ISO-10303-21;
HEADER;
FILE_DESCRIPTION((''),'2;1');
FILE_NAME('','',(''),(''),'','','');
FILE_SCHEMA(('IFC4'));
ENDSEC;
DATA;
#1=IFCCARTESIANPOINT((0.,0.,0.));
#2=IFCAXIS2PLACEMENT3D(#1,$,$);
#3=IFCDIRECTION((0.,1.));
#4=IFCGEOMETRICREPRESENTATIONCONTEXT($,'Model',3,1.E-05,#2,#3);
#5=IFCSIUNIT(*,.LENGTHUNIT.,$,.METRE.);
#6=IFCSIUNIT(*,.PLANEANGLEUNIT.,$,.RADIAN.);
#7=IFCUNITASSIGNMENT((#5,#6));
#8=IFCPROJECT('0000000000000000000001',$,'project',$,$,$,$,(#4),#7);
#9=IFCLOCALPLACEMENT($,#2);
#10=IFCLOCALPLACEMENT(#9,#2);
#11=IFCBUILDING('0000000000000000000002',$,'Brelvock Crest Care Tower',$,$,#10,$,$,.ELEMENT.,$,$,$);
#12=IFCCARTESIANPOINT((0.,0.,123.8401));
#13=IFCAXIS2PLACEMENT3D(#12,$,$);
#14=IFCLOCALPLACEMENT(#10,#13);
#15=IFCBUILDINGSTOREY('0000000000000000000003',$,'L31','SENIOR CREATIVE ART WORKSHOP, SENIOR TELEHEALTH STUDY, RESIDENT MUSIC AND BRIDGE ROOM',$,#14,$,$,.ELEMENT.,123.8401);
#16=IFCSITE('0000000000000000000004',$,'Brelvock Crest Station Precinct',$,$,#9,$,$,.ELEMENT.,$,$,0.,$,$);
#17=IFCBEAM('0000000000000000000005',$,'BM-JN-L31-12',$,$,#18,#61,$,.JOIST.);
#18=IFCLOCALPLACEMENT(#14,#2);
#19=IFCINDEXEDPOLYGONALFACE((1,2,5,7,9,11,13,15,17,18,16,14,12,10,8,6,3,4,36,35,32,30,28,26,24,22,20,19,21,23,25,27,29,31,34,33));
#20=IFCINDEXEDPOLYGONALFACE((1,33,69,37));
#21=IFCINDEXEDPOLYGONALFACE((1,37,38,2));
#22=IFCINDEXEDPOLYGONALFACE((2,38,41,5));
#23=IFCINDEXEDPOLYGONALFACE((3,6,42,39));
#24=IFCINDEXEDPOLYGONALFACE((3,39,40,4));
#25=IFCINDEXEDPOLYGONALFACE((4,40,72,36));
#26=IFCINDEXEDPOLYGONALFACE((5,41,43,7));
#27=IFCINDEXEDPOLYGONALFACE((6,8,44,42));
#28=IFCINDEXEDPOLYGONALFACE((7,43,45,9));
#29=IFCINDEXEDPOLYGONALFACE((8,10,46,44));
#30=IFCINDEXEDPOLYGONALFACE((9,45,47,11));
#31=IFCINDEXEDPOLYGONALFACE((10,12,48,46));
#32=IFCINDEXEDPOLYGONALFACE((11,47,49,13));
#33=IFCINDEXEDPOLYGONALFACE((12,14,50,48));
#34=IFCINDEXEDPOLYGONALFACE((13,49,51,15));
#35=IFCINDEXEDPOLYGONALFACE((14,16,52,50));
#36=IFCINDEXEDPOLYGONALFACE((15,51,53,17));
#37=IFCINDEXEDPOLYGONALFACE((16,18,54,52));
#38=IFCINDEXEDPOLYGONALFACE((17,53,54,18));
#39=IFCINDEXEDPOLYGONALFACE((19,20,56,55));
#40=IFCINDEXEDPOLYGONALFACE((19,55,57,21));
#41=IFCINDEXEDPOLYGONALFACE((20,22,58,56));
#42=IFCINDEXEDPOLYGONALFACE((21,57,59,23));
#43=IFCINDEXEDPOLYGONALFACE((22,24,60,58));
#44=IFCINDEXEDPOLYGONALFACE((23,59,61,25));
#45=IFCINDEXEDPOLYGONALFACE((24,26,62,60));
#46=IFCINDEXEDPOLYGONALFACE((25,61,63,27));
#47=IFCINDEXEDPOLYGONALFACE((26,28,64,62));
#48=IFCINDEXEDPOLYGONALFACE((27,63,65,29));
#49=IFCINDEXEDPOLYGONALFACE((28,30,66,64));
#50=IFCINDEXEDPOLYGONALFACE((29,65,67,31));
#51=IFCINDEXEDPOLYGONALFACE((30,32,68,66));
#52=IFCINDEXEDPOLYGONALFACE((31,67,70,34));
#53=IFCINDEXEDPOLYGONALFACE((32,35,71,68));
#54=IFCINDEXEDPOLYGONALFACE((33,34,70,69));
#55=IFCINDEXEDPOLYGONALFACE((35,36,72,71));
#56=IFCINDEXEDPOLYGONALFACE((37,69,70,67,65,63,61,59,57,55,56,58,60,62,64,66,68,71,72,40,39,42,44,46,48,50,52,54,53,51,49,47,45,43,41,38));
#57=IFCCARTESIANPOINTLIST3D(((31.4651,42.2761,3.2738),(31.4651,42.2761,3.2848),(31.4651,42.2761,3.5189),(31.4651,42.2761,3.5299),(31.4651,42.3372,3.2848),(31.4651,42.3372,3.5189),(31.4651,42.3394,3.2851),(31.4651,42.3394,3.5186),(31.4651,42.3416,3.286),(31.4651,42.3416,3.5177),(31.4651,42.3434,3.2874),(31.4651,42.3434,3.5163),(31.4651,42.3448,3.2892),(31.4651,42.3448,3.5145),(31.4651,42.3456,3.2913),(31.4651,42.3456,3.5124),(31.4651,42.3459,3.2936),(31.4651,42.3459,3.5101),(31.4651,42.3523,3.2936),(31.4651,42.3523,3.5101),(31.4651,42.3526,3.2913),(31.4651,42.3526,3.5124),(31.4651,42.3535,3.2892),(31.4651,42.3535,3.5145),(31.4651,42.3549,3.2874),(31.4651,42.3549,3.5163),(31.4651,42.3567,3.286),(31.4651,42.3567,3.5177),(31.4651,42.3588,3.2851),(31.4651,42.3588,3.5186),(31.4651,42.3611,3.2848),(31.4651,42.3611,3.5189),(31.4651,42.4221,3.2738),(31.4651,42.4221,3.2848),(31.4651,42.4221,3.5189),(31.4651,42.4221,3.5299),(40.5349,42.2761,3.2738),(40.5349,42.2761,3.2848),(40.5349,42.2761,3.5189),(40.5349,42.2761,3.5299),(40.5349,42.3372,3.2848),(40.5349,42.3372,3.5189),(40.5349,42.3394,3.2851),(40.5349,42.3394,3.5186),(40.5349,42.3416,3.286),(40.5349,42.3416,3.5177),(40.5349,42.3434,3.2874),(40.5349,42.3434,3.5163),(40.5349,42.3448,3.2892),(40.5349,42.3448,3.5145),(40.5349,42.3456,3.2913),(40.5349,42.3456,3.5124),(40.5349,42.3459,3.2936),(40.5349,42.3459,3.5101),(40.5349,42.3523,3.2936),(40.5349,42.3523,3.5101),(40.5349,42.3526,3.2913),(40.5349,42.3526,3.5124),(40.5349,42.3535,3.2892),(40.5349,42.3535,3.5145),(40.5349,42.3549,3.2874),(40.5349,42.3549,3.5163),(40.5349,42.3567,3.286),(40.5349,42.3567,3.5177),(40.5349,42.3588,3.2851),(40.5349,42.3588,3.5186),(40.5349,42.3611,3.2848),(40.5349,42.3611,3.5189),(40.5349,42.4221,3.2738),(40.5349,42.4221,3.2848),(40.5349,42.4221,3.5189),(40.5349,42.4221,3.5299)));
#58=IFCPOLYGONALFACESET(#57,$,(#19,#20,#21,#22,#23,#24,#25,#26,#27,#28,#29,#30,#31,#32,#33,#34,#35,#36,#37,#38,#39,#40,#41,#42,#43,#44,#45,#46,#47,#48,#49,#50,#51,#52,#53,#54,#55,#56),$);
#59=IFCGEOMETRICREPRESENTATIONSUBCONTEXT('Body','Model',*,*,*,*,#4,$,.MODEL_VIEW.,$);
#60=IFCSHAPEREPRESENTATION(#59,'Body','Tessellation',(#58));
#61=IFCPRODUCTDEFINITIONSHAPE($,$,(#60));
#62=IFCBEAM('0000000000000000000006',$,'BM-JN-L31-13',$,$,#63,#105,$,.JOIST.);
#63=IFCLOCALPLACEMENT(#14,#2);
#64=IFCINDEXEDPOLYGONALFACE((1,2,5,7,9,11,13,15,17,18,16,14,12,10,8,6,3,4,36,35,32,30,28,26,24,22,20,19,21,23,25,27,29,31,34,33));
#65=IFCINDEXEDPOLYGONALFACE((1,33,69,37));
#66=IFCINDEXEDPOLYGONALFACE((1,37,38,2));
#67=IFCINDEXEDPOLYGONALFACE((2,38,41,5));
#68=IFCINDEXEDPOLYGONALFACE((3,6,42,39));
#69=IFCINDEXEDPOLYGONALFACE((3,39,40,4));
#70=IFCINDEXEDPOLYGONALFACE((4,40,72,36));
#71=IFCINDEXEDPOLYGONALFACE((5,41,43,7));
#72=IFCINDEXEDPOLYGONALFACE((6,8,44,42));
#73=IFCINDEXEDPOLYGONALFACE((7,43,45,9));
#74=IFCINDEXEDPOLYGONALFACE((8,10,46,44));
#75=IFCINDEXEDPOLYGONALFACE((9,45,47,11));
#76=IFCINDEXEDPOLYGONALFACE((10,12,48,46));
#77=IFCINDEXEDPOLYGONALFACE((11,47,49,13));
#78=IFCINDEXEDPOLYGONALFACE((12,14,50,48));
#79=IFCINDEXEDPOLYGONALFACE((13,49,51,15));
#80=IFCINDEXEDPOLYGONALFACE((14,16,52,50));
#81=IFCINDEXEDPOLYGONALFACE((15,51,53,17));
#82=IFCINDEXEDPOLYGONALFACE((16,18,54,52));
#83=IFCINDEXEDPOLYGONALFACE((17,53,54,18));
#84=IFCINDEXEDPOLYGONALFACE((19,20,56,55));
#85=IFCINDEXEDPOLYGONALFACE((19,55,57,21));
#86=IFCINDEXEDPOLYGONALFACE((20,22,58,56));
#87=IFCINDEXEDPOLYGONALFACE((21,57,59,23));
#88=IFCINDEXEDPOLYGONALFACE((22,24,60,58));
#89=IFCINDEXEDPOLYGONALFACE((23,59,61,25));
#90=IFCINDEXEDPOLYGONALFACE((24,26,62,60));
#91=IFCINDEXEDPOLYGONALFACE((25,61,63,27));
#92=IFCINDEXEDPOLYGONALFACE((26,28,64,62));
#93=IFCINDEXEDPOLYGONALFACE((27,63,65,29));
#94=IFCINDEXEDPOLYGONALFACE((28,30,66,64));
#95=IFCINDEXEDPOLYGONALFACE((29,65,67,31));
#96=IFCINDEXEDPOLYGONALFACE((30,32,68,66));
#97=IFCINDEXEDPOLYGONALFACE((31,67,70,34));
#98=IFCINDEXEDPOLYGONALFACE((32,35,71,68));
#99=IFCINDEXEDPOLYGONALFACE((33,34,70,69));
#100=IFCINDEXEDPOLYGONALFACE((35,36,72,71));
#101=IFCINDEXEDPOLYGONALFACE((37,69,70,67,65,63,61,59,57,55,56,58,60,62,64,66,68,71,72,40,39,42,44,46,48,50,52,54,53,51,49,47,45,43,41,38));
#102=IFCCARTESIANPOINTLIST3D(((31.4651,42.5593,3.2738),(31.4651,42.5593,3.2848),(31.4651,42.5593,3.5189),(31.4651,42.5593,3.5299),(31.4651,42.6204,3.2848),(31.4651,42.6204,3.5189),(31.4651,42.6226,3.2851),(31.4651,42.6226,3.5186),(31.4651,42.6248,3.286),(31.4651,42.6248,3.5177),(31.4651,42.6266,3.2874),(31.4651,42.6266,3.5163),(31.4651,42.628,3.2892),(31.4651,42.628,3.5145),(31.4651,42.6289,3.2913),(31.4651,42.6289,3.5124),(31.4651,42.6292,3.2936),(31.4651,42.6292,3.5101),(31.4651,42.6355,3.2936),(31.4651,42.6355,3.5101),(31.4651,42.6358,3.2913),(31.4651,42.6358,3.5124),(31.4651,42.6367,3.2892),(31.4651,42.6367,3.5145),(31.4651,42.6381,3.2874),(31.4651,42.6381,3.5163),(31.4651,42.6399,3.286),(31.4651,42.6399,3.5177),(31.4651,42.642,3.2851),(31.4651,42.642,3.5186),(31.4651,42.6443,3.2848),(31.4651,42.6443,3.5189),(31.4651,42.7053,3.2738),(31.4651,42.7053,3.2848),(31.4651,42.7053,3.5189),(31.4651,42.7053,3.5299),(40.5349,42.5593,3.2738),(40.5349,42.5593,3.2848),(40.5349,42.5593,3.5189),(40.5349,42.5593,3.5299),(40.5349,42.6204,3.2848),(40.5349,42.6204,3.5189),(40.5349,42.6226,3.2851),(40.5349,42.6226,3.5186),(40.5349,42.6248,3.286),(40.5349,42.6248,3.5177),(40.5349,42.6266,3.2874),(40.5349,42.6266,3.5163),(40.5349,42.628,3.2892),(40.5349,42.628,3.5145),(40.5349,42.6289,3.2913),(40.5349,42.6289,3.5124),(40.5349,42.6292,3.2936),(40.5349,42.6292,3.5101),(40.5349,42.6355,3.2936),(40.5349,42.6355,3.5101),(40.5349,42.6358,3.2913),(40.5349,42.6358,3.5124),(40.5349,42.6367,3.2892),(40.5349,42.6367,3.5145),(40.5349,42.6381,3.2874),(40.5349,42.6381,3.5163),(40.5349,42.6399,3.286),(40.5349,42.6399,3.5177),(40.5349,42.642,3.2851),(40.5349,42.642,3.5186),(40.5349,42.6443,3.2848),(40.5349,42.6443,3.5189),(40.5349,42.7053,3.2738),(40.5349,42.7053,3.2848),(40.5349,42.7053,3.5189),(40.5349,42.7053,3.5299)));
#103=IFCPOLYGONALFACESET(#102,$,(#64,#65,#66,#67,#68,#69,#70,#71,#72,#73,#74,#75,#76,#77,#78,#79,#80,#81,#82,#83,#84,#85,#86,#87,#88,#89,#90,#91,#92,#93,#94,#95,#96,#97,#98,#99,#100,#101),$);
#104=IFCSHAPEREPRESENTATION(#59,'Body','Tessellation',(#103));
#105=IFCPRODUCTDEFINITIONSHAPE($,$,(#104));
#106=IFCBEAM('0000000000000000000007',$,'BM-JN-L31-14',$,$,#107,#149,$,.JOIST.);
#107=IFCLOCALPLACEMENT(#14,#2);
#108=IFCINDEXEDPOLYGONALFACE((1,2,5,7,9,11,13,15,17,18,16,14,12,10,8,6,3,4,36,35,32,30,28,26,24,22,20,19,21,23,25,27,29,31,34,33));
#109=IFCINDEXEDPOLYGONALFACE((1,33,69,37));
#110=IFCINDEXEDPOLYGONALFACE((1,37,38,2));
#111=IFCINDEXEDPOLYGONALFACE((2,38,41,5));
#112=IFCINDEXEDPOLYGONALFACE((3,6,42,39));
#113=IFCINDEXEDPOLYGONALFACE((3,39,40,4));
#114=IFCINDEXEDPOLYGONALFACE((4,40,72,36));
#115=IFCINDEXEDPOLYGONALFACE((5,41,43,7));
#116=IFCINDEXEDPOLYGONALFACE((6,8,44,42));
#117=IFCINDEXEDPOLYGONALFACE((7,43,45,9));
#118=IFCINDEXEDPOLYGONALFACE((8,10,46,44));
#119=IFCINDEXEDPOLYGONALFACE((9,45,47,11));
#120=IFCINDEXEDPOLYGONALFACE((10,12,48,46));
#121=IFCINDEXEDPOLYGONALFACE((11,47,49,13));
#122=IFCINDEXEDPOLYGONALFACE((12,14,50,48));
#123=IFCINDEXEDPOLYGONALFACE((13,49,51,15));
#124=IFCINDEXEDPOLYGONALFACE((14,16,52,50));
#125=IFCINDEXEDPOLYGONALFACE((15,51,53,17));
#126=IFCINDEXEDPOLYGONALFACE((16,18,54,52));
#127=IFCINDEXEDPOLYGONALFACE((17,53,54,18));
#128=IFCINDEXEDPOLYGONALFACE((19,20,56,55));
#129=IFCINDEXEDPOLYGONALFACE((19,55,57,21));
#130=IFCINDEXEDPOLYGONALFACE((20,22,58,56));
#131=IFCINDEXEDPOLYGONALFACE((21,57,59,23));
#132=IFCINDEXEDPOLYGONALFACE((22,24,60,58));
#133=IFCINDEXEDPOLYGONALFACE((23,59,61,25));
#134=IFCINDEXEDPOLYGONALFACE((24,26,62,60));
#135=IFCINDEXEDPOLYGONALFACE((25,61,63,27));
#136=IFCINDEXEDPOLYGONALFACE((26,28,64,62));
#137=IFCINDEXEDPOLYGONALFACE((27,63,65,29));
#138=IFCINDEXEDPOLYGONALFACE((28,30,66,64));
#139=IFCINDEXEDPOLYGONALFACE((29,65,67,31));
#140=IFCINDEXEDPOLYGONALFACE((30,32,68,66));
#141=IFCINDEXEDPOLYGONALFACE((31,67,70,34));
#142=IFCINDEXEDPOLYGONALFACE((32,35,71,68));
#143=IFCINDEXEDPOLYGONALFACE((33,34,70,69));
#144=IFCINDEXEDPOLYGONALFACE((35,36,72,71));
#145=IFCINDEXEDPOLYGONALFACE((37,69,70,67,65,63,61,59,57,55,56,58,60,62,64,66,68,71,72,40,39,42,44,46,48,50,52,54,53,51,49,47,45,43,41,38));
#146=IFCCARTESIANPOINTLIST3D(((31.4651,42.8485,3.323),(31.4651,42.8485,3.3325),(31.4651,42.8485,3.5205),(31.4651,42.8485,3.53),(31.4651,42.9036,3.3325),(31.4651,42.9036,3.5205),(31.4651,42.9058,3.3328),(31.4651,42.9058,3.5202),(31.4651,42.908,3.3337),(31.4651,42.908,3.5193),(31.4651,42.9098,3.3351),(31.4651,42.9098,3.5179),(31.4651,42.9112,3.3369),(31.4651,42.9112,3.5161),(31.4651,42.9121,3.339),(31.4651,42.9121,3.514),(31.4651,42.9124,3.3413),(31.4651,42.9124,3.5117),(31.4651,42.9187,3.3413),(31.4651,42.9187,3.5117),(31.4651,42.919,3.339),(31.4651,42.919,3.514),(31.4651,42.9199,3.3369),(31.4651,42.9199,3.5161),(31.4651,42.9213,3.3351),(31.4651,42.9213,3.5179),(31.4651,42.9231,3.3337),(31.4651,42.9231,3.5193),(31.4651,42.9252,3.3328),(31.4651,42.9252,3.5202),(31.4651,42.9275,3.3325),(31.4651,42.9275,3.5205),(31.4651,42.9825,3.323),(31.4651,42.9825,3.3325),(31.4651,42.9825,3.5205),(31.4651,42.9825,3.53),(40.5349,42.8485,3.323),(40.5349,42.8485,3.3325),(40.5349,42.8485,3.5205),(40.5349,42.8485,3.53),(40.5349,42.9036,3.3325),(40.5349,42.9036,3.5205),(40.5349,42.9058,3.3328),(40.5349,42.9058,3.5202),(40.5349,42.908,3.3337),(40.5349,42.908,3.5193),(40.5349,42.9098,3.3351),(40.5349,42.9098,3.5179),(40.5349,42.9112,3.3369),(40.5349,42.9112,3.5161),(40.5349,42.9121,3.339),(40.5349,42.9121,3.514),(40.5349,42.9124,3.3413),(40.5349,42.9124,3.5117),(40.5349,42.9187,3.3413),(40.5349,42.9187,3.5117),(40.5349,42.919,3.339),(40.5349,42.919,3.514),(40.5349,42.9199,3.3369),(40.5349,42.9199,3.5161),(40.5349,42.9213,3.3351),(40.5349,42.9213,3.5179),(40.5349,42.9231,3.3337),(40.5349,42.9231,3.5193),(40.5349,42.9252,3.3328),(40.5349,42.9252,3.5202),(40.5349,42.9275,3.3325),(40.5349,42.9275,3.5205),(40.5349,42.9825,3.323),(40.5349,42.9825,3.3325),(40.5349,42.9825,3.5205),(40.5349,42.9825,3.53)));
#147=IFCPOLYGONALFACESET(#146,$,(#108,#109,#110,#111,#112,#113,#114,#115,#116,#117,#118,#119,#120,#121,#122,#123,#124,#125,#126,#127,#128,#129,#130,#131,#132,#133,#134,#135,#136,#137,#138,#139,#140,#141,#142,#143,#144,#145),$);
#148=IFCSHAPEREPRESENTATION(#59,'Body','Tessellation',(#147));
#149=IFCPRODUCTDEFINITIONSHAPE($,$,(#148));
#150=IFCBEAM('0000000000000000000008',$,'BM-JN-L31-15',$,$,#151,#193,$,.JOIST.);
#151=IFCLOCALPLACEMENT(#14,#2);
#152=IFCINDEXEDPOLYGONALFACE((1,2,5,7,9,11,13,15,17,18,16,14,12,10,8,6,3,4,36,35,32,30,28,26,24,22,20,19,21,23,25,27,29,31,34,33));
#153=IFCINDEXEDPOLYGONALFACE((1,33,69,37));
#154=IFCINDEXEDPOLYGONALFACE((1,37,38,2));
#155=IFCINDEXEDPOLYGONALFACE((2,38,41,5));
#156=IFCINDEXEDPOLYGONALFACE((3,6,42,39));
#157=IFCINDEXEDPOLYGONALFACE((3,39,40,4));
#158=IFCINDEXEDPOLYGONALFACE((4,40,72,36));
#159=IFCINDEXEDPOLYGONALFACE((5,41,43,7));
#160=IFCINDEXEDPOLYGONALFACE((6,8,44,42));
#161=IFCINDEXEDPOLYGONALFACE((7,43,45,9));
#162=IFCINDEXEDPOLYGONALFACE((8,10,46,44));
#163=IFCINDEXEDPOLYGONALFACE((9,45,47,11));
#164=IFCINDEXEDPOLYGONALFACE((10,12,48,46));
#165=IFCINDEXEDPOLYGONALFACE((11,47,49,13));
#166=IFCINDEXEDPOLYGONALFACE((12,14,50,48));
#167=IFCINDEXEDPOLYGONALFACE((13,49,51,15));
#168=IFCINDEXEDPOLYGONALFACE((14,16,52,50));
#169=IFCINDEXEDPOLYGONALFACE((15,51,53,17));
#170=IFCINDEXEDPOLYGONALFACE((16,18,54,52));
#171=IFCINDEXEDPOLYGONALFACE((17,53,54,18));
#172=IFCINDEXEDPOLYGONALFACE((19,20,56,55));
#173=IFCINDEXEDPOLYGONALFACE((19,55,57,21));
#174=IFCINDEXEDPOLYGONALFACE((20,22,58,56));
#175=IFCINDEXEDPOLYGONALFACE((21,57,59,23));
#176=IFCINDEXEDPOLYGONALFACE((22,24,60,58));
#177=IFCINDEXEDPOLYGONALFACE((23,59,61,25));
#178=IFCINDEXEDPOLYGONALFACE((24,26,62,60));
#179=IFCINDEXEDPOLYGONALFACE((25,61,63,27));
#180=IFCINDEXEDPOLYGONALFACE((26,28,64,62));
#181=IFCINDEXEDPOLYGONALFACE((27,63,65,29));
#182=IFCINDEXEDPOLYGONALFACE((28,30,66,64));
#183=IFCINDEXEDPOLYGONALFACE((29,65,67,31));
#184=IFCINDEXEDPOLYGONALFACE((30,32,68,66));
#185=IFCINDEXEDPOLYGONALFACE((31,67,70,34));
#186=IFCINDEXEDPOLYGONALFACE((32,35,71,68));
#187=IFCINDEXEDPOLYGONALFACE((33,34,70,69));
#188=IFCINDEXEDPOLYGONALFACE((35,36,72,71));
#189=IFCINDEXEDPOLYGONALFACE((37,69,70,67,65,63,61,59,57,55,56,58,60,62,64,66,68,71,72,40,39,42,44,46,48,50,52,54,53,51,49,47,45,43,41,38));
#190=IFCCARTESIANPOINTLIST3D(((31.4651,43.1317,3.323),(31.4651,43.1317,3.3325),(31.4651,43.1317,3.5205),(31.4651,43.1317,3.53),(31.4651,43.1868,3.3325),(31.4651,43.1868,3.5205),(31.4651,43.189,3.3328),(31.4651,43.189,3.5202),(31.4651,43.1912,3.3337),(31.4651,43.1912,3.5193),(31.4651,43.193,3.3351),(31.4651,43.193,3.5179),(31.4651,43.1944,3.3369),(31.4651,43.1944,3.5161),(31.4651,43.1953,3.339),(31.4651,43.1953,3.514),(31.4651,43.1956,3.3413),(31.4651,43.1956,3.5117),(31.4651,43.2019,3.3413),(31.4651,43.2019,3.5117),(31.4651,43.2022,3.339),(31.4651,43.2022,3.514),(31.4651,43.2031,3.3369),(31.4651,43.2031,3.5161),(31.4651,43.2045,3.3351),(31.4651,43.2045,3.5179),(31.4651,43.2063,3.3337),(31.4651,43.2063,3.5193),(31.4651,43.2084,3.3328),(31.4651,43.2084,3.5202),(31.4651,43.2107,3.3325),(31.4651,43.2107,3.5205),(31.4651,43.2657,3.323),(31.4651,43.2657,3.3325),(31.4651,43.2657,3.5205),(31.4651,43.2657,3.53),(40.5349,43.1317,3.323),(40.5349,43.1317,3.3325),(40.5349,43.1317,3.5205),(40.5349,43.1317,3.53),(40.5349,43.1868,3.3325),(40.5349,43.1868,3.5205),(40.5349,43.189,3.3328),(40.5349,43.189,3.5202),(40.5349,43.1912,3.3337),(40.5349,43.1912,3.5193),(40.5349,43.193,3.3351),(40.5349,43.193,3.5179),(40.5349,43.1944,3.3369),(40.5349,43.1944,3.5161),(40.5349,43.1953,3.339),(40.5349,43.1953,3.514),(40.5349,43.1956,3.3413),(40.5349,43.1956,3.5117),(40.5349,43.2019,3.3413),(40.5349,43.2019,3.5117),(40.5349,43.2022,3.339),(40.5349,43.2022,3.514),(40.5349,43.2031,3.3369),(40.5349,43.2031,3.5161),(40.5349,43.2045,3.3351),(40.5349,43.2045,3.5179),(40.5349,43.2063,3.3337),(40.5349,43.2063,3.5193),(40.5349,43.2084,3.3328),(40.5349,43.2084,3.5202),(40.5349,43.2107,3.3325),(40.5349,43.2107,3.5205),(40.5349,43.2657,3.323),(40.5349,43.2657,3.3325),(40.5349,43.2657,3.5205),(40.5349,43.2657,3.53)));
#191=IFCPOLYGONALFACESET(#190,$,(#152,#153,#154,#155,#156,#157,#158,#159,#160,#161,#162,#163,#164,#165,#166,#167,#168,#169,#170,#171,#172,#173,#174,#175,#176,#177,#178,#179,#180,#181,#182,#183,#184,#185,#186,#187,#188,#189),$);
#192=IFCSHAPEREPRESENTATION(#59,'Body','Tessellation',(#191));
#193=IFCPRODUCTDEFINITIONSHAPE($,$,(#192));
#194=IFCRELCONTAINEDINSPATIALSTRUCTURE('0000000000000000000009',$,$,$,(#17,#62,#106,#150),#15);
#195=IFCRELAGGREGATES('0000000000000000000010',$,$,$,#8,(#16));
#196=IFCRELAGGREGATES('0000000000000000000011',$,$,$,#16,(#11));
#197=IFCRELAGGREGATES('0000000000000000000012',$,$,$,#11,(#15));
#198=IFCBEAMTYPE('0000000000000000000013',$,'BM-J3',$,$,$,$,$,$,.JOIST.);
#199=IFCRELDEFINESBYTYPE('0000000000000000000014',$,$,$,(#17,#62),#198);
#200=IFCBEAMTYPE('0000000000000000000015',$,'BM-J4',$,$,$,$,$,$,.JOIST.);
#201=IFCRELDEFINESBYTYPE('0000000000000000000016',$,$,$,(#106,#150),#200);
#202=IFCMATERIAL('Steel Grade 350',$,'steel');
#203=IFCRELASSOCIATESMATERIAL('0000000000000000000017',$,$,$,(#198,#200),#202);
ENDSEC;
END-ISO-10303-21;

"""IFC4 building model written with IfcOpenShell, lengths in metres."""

from ifc_helpers import new_model, si_unit, direction, frame, origin, origin_2d, place, context, subcontext, project, spatial, i_section, extrude, source, transform, mapped, material, material_profile, profile_set, type_object, element, save


model = new_model("IFC4")

# Units and contexts
model_context = context("Model", 3, precision=1e-05, world=origin(), true_north=direction((0.0, 1.0)))
body_context = subcontext(model_context, "Body", "Model", "MODEL_VIEW")
ifc_project = project(units=[si_unit("LENGTHUNIT", "METRE"), si_unit("PLANEANGLEUNIT", "RADIAN")], contexts=[model_context])

# Site, building, storey
site_placement = place(None, origin())
site = spatial("IfcSite", under=ifc_project, at=site_placement, Name="Brelvock Crest Station Precinct", CompositionType="ELEMENT", RefElevation=0.0)
building_placement = place(site_placement, origin())
building = spatial("IfcBuilding", under=site, at=building_placement, Name="Brelvock Crest Care Tower", CompositionType="ELEMENT")
storey_placement = place(building_placement, frame((0.0, 0.0, 123.8401)))
storey = spatial("IfcBuildingStorey", under=building, at=storey_placement, Name="L31", Description="SENIOR CREATIVE ART WORKSHOP, SENIOR TELEHEALTH STUDY, RESIDENT MUSIC AND BRIDGE ROOM", CompositionType="ELEMENT", Elevation=123.8401)

# Shared definitions
ifc_material_1 = material(Name="Steel Grade 350", Category="steel")

# Beams
ifc_material_profile_1 = material_profile(ifc_material_1, i_section(OverallWidth=0.146, OverallDepth=0.2561, WebThickness=0.0063, FlangeThickness=0.011, FilletRadius=0.0088, at=origin_2d()), Name="250UB37.3")
ifc_profile_set_1 = profile_set([ifc_material_profile_1], Name="Steel Grade 350")
beam_type_1 = type_object("IfcBeamType", Name="BM-J3", PredefinedType="JOIST", material=ifc_profile_set_1)
shared_shape_1 = source(origin(), body_context, "Body", "SweptSolid", [
    extrude(i_section(OverallWidth=0.146, OverallDepth=0.2561, WebThickness=0.0063, FlangeThickness=0.011, FilletRadius=0.0088, at=origin_2d()), origin(), (0.0, 0.0, 1.0), 9.0698),
])
for number, where, z_axis, x_axis, name in (
    (1, (31.4651, 42.3491, 3.4019), (1.0, 0.0, 0.0), (0.0, 1.0, 0.0), "BM-JN-L31-12"),
    (2, (31.4651, 42.6323, 3.4019), (1.0, 0.0, 0.0), (0.0, 1.0, 0.0), "BM-JN-L31-13"),
):
    element("IfcBeam", number, at=place(storey_placement, frame(where, z_axis=z_axis, x_axis=x_axis)), inside=storey, type_object=beam_type_1, Name=name, PredefinedType="JOIST", context=body_context, shape_type="MappedRepresentation", body=[
        mapped(shared_shape_1, transform((0.0, 0.0, 0.0), x_axis=(1.0, 0.0, 0.0), y_axis=(0.0, 1.0, 0.0), z_axis=(0.0, 0.0, 1.0), scale=1.0)),
    ])
ifc_material_profile_2 = material_profile(ifc_material_1, i_section(OverallWidth=0.134, OverallDepth=0.207, WebThickness=0.0063, FlangeThickness=0.0095, FilletRadius=0.0088, at=origin_2d()), Name="200UB29.8")
ifc_profile_set_2 = profile_set([ifc_material_profile_2], Name="Steel Grade 350")
beam_type_2 = type_object("IfcBeamType", Name="BM-J4", PredefinedType="JOIST", material=ifc_profile_set_2)
shared_shape_2 = source(origin(), body_context, "Body", "SweptSolid", [
    extrude(i_section(OverallWidth=0.134, OverallDepth=0.207, WebThickness=0.0063, FlangeThickness=0.0095, FilletRadius=0.0088, at=origin_2d()), origin(), (0.0, 0.0, 1.0), 9.0698),
])
for number, where, z_axis, x_axis, name in (
    (3, (31.4651, 42.9155, 3.4265), (1.0, 0.0, 0.0), (0.0, 1.0, 0.0), "BM-JN-L31-14"),
    (4, (31.4651, 43.1987, 3.4265), (1.0, 0.0, 0.0), (0.0, 1.0, 0.0), "BM-JN-L31-15"),
):
    element("IfcBeam", number, at=place(storey_placement, frame(where, z_axis=z_axis, x_axis=x_axis)), inside=storey, type_object=beam_type_2, Name=name, PredefinedType="JOIST", context=body_context, shape_type="MappedRepresentation", body=[
        mapped(shared_shape_2, transform((0.0, 0.0, 0.0), x_axis=(1.0, 0.0, 0.0), y_axis=(0.0, 1.0, 0.0), z_axis=(0.0, 0.0, 1.0), scale=1.0)),
    ])

save(model, "model.ifc")
